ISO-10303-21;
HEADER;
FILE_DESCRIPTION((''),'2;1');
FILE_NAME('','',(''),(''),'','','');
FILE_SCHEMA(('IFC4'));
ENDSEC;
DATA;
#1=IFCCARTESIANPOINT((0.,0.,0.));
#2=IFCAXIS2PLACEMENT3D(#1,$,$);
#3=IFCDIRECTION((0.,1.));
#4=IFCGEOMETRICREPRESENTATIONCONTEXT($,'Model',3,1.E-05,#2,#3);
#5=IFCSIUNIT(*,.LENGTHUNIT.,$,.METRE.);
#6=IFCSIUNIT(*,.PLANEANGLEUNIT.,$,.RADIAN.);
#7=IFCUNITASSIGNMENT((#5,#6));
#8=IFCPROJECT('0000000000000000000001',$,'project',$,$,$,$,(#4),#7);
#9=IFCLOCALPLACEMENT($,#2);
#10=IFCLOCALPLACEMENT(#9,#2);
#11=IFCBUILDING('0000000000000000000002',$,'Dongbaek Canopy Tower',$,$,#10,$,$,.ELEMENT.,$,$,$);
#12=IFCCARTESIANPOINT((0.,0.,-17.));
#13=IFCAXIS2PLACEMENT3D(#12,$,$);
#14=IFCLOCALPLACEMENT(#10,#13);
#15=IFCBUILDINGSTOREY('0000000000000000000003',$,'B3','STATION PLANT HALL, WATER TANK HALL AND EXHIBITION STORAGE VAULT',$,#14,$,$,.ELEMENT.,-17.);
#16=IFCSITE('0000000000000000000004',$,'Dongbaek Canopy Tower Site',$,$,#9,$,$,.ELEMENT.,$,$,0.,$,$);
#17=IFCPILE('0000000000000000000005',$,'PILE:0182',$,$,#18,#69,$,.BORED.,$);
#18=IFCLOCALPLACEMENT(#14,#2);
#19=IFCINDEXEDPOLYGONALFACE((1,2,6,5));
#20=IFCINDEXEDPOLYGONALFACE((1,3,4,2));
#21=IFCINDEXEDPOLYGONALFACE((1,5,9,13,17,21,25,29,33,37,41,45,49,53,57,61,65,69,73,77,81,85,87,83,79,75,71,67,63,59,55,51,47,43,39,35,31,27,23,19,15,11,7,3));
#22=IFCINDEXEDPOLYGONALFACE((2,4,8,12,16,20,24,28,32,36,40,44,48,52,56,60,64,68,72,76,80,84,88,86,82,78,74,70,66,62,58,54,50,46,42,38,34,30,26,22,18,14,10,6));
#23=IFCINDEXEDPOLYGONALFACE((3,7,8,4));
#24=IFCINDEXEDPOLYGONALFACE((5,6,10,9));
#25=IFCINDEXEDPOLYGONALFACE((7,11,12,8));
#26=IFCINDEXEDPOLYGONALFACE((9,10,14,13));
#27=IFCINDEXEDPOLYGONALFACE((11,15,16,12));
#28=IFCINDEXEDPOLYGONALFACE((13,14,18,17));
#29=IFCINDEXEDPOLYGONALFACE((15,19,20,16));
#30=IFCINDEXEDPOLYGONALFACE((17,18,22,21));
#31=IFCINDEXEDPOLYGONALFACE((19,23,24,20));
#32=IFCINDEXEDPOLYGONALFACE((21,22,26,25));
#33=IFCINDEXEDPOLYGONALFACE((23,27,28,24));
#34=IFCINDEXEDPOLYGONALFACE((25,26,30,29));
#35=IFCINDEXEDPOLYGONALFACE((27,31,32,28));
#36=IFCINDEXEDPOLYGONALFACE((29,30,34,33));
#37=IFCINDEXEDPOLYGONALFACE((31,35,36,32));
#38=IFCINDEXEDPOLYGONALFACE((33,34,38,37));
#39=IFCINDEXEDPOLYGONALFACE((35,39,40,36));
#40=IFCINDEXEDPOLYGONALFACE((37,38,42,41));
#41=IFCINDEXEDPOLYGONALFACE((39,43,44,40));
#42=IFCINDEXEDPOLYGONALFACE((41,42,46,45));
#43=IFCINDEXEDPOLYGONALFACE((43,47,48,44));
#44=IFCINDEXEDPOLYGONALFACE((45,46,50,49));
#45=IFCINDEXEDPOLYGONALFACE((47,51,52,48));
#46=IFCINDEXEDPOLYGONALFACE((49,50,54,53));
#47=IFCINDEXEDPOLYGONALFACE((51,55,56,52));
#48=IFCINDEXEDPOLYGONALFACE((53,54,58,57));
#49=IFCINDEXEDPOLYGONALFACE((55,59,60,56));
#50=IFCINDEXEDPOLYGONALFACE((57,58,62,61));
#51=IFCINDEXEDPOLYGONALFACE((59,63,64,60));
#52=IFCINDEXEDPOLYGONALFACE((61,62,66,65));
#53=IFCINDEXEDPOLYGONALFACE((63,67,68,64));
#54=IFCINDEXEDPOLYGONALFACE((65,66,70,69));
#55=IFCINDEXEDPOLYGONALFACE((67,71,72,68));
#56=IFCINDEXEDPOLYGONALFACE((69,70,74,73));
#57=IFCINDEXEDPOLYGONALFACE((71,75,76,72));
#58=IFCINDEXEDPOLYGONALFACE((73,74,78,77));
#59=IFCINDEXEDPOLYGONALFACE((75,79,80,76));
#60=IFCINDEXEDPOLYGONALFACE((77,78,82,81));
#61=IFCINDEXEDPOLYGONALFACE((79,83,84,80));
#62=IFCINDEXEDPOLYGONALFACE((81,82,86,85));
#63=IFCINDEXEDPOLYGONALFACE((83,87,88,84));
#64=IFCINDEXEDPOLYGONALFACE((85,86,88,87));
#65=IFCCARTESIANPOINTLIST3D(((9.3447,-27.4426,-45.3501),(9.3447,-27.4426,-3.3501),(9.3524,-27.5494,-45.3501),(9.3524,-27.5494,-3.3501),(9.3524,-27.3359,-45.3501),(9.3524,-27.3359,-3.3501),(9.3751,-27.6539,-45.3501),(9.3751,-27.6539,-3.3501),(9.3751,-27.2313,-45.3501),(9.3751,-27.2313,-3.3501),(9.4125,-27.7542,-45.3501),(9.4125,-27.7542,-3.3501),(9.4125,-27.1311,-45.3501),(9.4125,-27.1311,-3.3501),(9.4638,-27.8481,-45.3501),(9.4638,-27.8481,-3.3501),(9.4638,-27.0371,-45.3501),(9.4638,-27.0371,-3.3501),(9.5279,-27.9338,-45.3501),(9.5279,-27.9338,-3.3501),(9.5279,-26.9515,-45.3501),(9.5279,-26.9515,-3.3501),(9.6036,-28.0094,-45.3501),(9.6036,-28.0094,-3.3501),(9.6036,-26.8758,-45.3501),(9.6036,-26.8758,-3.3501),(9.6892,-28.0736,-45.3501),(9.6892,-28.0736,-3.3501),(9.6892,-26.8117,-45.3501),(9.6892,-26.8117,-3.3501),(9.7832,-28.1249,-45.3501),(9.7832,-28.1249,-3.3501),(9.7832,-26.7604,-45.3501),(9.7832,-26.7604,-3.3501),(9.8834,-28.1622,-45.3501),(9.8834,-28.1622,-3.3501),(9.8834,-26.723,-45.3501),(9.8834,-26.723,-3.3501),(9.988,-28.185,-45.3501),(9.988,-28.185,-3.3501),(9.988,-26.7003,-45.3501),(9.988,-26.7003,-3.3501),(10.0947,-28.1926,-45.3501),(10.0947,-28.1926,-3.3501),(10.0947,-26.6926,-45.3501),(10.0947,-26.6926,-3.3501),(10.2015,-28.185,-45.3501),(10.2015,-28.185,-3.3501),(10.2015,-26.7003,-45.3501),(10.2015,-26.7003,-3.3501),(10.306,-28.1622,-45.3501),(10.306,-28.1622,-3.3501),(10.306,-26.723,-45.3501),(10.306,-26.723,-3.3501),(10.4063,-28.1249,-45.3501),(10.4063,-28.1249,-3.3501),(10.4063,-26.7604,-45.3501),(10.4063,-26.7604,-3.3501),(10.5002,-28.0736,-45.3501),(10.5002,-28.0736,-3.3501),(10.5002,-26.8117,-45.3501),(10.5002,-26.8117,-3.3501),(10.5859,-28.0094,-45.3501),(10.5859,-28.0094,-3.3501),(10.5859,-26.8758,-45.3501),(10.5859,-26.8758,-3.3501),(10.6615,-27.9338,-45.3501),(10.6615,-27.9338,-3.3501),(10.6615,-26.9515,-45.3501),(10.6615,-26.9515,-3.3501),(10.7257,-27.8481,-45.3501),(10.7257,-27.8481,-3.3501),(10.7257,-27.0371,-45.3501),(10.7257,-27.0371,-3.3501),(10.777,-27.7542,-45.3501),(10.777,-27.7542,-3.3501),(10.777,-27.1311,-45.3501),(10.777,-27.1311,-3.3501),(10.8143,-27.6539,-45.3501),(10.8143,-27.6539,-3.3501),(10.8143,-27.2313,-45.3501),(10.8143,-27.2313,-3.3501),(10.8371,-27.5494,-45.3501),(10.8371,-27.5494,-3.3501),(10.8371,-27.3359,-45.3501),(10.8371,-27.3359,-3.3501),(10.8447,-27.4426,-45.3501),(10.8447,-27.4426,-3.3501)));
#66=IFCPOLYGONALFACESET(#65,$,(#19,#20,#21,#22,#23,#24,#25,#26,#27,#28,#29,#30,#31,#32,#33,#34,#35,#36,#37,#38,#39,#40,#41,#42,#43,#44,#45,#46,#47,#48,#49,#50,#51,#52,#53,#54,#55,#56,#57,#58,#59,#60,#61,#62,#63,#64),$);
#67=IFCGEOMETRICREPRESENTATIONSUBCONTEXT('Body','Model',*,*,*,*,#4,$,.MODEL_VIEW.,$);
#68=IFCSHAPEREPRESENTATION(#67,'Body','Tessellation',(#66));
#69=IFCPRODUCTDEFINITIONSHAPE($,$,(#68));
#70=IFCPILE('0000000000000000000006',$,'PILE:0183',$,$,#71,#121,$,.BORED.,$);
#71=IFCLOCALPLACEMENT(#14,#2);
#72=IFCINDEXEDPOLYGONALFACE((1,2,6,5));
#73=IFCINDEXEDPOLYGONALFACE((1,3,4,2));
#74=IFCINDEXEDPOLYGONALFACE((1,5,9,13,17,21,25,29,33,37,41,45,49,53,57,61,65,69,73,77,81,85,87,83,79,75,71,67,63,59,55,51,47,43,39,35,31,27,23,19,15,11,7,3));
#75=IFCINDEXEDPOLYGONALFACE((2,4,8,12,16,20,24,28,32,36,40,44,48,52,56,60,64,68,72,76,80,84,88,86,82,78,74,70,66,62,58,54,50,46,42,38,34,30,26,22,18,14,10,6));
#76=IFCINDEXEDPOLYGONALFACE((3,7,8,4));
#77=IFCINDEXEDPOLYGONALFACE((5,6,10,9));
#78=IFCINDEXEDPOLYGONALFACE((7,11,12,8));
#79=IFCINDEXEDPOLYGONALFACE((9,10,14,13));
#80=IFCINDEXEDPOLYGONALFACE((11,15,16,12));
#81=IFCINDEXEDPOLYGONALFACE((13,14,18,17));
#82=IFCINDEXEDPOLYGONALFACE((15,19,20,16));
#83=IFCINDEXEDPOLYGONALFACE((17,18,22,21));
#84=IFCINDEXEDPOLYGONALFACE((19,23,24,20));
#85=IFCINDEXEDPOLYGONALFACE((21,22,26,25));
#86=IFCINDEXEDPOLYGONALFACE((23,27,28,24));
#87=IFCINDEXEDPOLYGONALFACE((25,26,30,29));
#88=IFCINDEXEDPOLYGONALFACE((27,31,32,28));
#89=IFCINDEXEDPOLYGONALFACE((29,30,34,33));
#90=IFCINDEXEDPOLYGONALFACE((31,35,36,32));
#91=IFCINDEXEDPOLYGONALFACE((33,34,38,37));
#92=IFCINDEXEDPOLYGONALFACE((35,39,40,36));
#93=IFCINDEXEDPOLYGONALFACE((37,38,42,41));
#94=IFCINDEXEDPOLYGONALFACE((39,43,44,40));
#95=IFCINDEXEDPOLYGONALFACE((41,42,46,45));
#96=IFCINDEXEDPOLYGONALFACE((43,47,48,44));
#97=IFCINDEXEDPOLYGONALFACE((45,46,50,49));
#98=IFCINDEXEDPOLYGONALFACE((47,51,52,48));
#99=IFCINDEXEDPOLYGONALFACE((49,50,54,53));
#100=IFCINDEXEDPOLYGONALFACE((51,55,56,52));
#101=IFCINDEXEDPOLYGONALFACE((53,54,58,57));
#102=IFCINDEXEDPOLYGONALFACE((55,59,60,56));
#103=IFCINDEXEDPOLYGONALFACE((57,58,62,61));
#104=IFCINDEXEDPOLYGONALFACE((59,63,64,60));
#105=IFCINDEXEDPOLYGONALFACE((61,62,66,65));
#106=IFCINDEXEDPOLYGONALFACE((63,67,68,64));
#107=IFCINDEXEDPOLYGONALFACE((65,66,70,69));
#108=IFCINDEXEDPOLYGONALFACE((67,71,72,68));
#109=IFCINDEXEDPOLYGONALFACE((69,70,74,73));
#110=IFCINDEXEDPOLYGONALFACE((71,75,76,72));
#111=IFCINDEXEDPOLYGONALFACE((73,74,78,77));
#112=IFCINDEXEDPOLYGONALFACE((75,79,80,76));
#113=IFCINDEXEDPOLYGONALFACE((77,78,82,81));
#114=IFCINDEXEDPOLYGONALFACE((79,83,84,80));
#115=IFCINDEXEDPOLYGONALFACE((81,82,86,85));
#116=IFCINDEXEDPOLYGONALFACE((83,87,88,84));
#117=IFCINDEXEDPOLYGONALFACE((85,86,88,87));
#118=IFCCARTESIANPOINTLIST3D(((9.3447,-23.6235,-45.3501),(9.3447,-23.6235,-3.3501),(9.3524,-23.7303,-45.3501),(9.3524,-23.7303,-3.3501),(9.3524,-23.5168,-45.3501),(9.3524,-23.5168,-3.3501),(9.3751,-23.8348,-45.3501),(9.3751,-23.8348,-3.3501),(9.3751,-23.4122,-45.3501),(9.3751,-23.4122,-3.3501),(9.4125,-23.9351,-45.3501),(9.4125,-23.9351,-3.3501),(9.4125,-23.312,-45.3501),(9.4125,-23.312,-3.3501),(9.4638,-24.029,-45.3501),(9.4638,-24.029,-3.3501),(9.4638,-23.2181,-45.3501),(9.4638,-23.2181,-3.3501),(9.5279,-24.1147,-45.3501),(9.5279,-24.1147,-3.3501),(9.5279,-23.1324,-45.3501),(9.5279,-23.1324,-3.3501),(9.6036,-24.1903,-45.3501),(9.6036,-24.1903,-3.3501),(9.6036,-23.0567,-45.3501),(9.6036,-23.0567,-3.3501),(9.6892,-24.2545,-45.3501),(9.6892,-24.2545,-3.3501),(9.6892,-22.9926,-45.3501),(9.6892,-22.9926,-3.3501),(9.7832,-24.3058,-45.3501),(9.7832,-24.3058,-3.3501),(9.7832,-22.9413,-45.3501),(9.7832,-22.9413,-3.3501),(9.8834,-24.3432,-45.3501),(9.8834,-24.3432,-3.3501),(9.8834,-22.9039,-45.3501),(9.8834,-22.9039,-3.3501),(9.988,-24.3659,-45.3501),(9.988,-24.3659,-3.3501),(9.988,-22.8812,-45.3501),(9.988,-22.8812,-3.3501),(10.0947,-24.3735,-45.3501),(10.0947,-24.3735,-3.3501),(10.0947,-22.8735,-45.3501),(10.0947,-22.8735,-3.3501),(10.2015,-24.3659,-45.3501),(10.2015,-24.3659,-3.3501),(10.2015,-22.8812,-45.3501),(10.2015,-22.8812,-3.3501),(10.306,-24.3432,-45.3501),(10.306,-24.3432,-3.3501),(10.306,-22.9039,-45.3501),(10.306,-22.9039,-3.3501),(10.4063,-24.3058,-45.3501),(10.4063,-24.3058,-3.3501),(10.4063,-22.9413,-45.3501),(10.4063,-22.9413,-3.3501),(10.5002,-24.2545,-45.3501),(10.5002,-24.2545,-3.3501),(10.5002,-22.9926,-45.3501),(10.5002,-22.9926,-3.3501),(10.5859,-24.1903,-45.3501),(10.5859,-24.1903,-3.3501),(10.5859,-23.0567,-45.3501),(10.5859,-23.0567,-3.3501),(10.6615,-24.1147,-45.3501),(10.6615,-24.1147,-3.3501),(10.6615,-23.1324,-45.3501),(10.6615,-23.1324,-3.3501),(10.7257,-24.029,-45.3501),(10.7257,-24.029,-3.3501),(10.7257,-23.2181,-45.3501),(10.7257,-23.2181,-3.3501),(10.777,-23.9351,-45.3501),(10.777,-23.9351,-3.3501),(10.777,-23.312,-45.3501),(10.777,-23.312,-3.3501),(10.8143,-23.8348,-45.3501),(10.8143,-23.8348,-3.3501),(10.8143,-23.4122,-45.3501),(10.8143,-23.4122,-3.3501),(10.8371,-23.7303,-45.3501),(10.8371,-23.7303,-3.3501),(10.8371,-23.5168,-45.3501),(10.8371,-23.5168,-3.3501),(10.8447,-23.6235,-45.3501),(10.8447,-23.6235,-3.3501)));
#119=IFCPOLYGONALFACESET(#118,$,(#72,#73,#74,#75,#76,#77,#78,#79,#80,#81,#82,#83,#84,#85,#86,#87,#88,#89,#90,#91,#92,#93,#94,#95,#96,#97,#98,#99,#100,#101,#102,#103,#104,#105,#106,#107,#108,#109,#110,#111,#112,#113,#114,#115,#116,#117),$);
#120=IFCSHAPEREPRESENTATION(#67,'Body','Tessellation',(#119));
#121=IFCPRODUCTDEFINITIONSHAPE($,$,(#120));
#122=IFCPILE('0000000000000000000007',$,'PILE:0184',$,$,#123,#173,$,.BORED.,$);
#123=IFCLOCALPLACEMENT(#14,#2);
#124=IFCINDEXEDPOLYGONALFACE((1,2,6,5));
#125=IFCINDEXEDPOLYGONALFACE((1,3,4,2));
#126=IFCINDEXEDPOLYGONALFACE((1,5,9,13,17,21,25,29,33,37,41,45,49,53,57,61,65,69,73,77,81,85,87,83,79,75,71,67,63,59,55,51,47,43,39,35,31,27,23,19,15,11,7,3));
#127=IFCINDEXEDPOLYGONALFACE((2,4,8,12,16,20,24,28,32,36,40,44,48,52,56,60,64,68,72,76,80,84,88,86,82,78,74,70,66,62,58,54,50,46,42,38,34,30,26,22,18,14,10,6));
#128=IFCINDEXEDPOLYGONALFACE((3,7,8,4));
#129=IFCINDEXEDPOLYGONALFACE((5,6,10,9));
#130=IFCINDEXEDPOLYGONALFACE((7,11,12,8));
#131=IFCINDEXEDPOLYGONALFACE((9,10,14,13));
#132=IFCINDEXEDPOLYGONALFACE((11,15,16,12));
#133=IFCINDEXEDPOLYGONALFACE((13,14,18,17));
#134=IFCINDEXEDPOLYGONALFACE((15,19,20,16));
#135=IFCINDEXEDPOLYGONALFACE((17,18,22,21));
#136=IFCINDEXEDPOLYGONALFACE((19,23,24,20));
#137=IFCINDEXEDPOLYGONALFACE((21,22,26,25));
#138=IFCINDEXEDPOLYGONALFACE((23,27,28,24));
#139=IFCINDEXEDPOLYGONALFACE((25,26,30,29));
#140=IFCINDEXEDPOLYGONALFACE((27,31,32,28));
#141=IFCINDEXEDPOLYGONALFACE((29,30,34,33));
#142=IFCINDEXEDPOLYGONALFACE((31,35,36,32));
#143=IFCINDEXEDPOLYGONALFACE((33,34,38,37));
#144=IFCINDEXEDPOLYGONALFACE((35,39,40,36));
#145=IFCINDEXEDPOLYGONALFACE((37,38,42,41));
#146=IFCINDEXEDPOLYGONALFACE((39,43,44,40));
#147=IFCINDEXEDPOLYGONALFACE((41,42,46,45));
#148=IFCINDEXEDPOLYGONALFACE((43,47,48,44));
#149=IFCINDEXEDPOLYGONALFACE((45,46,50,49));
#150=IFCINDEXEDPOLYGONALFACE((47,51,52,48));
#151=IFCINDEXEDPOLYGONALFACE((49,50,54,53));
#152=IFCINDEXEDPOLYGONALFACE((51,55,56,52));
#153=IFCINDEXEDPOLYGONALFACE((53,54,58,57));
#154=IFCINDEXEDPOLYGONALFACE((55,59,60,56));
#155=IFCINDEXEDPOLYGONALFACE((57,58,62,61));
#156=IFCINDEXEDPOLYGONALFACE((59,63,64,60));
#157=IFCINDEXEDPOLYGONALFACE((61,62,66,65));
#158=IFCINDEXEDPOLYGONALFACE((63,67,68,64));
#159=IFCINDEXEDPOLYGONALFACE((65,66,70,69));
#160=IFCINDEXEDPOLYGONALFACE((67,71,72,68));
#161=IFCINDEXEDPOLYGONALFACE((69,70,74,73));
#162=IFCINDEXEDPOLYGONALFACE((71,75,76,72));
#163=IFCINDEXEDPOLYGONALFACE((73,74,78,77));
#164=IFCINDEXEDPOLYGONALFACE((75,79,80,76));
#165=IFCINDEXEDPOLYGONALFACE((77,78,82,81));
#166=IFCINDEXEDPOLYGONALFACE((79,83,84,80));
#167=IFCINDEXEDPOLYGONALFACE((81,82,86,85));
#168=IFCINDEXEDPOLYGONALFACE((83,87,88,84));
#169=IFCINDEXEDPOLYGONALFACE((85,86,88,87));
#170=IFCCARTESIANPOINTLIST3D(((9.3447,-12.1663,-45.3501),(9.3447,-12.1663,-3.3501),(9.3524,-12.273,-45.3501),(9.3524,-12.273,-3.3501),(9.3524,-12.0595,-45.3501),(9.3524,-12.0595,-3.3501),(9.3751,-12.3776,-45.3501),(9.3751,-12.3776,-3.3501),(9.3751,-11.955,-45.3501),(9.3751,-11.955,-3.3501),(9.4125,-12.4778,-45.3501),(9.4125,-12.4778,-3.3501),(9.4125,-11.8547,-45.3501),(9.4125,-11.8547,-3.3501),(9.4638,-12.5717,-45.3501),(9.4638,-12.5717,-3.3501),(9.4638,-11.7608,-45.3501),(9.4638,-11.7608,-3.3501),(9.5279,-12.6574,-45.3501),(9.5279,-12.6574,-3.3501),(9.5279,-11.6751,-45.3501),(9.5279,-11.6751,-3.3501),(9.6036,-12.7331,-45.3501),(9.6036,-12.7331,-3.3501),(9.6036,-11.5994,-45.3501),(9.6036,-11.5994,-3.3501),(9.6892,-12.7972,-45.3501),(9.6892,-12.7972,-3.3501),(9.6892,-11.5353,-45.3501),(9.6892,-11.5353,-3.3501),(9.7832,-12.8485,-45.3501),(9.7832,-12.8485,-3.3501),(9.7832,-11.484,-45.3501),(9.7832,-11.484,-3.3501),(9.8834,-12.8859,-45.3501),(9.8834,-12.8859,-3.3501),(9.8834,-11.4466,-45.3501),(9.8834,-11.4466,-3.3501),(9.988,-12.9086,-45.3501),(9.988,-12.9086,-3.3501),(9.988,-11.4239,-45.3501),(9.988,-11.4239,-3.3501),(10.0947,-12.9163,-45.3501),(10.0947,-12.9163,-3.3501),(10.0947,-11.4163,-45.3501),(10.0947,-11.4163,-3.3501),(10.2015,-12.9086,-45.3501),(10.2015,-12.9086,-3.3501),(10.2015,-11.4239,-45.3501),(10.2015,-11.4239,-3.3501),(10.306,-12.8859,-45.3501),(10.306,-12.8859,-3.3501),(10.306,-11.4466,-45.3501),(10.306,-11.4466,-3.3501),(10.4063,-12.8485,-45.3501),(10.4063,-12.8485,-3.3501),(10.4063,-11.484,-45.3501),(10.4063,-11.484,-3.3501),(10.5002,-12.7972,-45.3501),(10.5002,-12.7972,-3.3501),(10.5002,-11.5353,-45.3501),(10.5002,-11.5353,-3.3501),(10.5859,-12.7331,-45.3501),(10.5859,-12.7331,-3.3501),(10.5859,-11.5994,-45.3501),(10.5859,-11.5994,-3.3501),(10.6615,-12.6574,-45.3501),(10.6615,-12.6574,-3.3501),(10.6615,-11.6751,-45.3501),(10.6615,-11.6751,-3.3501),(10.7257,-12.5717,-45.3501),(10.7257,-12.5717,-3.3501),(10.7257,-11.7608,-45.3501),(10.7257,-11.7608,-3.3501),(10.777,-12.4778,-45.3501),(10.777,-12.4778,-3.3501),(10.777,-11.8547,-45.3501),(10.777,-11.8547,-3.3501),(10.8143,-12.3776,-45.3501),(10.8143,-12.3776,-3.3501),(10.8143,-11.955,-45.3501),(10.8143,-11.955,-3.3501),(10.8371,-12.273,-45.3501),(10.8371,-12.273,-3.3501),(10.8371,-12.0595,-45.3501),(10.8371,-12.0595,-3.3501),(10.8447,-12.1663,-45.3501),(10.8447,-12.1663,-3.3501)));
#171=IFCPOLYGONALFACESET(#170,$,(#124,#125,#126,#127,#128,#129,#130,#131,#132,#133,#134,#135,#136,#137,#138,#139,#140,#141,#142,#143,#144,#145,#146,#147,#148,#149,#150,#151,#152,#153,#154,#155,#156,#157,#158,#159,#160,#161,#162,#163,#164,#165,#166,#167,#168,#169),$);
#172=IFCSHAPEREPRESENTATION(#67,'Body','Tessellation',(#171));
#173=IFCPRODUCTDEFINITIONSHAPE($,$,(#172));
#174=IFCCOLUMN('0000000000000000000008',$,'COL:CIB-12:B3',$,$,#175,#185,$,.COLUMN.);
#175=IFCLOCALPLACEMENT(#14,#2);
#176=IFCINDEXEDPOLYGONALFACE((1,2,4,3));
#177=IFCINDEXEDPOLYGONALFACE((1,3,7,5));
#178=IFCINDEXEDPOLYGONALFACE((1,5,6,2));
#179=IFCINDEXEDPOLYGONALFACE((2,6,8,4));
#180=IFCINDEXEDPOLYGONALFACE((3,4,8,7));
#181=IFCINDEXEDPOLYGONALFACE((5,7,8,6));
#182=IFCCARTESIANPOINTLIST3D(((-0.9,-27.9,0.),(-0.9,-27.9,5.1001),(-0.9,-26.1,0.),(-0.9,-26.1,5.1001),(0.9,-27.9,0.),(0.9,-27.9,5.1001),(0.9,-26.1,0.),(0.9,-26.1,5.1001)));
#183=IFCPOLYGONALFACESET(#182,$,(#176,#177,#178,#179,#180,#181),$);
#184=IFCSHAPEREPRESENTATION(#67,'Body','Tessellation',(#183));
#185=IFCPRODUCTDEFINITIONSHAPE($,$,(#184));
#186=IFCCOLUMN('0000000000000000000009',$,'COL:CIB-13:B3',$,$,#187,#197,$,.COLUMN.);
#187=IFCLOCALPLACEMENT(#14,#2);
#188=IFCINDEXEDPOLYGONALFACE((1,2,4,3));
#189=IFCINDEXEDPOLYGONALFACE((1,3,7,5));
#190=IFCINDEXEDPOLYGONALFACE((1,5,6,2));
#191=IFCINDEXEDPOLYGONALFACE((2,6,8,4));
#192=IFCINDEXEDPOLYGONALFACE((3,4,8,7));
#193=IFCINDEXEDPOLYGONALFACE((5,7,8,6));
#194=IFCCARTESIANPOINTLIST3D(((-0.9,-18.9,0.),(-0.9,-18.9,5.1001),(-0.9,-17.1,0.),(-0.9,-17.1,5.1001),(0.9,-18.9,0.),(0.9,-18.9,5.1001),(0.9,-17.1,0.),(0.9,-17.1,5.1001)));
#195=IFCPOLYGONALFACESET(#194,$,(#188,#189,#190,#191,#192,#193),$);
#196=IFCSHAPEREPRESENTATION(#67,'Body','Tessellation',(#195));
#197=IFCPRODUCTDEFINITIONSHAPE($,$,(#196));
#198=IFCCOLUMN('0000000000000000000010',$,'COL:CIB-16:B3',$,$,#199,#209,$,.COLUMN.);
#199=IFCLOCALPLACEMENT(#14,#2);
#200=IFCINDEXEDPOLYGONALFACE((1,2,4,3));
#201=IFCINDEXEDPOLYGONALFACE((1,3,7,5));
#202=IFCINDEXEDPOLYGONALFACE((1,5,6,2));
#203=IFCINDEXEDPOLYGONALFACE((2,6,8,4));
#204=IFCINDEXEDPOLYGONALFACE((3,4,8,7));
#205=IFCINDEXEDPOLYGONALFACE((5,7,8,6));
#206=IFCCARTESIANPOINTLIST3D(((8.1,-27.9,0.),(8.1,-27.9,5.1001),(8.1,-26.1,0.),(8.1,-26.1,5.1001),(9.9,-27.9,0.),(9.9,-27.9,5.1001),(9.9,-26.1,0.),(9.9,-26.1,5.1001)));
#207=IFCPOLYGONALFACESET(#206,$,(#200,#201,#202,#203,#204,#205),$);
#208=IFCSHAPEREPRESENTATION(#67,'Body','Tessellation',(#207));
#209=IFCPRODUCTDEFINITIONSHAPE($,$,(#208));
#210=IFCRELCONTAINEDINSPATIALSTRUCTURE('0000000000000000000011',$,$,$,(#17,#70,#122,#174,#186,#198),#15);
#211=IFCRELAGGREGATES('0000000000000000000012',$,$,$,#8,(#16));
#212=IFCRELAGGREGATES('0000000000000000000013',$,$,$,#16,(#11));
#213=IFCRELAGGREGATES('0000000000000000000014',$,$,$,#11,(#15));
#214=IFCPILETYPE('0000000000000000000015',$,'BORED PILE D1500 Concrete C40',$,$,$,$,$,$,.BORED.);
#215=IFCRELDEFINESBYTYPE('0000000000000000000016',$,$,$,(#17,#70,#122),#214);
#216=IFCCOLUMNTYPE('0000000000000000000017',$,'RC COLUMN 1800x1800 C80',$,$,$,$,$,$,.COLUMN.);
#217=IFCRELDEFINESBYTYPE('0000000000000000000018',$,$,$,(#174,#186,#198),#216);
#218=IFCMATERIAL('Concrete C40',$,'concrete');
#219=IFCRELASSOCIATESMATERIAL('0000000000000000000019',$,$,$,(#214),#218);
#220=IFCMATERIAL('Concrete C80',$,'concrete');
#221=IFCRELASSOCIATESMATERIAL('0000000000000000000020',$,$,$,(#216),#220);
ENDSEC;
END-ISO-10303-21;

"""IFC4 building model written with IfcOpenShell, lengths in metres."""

from ifc_helpers import new_model, si_unit, direction, frame, origin, origin_2d, place, context, subcontext, project, spatial, rectangle, circle, extrude, material, material_profile, profile_set, type_object, element, save


model = new_model("IFC4")

# Units and contexts
model_context = context("Model", 3, precision=1e-05, world=origin(), true_north=direction((0.0, 1.0)))
body_context = subcontext(model_context, "Body", "Model", "MODEL_VIEW")
ifc_project = project(units=[si_unit("LENGTHUNIT", "METRE"), si_unit("PLANEANGLEUNIT", "RADIAN")], contexts=[model_context])

# Site, building, storey
site_placement = place(None, origin())
site = spatial("IfcSite", under=ifc_project, at=site_placement, Name="Dongbaek Canopy Tower Site", CompositionType="ELEMENT", RefElevation=0.0)
building_placement = place(site_placement, origin())
building = spatial("IfcBuilding", under=site, at=building_placement, Name="Dongbaek Canopy Tower", CompositionType="ELEMENT")
storey_placement = place(building_placement, frame((0.0, 0.0, -17.0)))
storey = spatial("IfcBuildingStorey", under=building, at=storey_placement, Name="B3", Description="STATION PLANT HALL, WATER TANK HALL AND EXHIBITION STORAGE VAULT", CompositionType="ELEMENT", Elevation=-17.0)

# Piles
ifc_material_1 = material(Name="Concrete C40", Category="concrete")
ifc_material_profile_1 = material_profile(ifc_material_1, circle(Radius=0.75, at=origin_2d()), Name="BORED PILE D1500 Concrete C40")
ifc_profile_set_1 = profile_set([ifc_material_profile_1], Name="Concrete C40")
pile_type = type_object("IfcPileType", Name="BORED PILE D1500 Concrete C40", PredefinedType="BORED", material=ifc_profile_set_1)
for number, where, z_axis, x_axis, name in (
    (1, (10.0947, -27.4426, -3.3501), (0.0, 0.0, -1.0), (1.0, 0.0, 0.0), "PILE:0182"),
    (2, (10.0947, -23.6235, -3.3501), (0.0, 0.0, -1.0), (1.0, 0.0, 0.0), "PILE:0183"),
    (3, (10.0947, -12.1663, -3.3501), (0.0, 0.0, -1.0), (1.0, 0.0, 0.0), "PILE:0184"),
):
    element("IfcPile", number, at=place(storey_placement, frame(where, z_axis=z_axis, x_axis=x_axis)), inside=storey, type_object=pile_type, Name=name, PredefinedType="BORED", context=body_context, shape_type="SweptSolid", body=[
        extrude(circle(Radius=0.75, at=origin_2d()), origin(), (0.0, 0.0, 1.0), 42.0),
    ])

# Columns
ifc_material_2 = material(Name="Concrete C80", Category="concrete")
ifc_material_profile_2 = material_profile(ifc_material_2, rectangle(XDim=1.8, YDim=1.8, at=origin_2d()), Name="RC COLUMN 1800x1800 C80")
ifc_profile_set_2 = profile_set([ifc_material_profile_2], Name="Concrete C80")
column_type = type_object("IfcColumnType", Name="RC COLUMN 1800x1800 C80", PredefinedType="COLUMN", material=ifc_profile_set_2)
for number, where, z_axis, x_axis, name in (
    (4, (0.0, -27.0, 0.0), (0.0, 0.0, 1.0), (1.0, 0.0, 0.0), "COL:CIB-12:B3"),
    (5, (0.0, -18.0, 0.0), (0.0, 0.0, 1.0), (1.0, 0.0, 0.0), "COL:CIB-13:B3"),
    (6, (9.0, -27.0, 0.0), (0.0, 0.0, 1.0), (1.0, 0.0, 0.0), "COL:CIB-16:B3"),
):
    element("IfcColumn", number, at=place(storey_placement, frame(where, z_axis=z_axis, x_axis=x_axis)), inside=storey, type_object=column_type, Name=name, PredefinedType="COLUMN", context=body_context, shape_type="SweptSolid", body=[
        extrude(rectangle(XDim=1.8, YDim=1.8, at=origin_2d()), origin(), (0.0, 0.0, 1.0), 5.1001),
    ])

save(model, "model.ifc")
